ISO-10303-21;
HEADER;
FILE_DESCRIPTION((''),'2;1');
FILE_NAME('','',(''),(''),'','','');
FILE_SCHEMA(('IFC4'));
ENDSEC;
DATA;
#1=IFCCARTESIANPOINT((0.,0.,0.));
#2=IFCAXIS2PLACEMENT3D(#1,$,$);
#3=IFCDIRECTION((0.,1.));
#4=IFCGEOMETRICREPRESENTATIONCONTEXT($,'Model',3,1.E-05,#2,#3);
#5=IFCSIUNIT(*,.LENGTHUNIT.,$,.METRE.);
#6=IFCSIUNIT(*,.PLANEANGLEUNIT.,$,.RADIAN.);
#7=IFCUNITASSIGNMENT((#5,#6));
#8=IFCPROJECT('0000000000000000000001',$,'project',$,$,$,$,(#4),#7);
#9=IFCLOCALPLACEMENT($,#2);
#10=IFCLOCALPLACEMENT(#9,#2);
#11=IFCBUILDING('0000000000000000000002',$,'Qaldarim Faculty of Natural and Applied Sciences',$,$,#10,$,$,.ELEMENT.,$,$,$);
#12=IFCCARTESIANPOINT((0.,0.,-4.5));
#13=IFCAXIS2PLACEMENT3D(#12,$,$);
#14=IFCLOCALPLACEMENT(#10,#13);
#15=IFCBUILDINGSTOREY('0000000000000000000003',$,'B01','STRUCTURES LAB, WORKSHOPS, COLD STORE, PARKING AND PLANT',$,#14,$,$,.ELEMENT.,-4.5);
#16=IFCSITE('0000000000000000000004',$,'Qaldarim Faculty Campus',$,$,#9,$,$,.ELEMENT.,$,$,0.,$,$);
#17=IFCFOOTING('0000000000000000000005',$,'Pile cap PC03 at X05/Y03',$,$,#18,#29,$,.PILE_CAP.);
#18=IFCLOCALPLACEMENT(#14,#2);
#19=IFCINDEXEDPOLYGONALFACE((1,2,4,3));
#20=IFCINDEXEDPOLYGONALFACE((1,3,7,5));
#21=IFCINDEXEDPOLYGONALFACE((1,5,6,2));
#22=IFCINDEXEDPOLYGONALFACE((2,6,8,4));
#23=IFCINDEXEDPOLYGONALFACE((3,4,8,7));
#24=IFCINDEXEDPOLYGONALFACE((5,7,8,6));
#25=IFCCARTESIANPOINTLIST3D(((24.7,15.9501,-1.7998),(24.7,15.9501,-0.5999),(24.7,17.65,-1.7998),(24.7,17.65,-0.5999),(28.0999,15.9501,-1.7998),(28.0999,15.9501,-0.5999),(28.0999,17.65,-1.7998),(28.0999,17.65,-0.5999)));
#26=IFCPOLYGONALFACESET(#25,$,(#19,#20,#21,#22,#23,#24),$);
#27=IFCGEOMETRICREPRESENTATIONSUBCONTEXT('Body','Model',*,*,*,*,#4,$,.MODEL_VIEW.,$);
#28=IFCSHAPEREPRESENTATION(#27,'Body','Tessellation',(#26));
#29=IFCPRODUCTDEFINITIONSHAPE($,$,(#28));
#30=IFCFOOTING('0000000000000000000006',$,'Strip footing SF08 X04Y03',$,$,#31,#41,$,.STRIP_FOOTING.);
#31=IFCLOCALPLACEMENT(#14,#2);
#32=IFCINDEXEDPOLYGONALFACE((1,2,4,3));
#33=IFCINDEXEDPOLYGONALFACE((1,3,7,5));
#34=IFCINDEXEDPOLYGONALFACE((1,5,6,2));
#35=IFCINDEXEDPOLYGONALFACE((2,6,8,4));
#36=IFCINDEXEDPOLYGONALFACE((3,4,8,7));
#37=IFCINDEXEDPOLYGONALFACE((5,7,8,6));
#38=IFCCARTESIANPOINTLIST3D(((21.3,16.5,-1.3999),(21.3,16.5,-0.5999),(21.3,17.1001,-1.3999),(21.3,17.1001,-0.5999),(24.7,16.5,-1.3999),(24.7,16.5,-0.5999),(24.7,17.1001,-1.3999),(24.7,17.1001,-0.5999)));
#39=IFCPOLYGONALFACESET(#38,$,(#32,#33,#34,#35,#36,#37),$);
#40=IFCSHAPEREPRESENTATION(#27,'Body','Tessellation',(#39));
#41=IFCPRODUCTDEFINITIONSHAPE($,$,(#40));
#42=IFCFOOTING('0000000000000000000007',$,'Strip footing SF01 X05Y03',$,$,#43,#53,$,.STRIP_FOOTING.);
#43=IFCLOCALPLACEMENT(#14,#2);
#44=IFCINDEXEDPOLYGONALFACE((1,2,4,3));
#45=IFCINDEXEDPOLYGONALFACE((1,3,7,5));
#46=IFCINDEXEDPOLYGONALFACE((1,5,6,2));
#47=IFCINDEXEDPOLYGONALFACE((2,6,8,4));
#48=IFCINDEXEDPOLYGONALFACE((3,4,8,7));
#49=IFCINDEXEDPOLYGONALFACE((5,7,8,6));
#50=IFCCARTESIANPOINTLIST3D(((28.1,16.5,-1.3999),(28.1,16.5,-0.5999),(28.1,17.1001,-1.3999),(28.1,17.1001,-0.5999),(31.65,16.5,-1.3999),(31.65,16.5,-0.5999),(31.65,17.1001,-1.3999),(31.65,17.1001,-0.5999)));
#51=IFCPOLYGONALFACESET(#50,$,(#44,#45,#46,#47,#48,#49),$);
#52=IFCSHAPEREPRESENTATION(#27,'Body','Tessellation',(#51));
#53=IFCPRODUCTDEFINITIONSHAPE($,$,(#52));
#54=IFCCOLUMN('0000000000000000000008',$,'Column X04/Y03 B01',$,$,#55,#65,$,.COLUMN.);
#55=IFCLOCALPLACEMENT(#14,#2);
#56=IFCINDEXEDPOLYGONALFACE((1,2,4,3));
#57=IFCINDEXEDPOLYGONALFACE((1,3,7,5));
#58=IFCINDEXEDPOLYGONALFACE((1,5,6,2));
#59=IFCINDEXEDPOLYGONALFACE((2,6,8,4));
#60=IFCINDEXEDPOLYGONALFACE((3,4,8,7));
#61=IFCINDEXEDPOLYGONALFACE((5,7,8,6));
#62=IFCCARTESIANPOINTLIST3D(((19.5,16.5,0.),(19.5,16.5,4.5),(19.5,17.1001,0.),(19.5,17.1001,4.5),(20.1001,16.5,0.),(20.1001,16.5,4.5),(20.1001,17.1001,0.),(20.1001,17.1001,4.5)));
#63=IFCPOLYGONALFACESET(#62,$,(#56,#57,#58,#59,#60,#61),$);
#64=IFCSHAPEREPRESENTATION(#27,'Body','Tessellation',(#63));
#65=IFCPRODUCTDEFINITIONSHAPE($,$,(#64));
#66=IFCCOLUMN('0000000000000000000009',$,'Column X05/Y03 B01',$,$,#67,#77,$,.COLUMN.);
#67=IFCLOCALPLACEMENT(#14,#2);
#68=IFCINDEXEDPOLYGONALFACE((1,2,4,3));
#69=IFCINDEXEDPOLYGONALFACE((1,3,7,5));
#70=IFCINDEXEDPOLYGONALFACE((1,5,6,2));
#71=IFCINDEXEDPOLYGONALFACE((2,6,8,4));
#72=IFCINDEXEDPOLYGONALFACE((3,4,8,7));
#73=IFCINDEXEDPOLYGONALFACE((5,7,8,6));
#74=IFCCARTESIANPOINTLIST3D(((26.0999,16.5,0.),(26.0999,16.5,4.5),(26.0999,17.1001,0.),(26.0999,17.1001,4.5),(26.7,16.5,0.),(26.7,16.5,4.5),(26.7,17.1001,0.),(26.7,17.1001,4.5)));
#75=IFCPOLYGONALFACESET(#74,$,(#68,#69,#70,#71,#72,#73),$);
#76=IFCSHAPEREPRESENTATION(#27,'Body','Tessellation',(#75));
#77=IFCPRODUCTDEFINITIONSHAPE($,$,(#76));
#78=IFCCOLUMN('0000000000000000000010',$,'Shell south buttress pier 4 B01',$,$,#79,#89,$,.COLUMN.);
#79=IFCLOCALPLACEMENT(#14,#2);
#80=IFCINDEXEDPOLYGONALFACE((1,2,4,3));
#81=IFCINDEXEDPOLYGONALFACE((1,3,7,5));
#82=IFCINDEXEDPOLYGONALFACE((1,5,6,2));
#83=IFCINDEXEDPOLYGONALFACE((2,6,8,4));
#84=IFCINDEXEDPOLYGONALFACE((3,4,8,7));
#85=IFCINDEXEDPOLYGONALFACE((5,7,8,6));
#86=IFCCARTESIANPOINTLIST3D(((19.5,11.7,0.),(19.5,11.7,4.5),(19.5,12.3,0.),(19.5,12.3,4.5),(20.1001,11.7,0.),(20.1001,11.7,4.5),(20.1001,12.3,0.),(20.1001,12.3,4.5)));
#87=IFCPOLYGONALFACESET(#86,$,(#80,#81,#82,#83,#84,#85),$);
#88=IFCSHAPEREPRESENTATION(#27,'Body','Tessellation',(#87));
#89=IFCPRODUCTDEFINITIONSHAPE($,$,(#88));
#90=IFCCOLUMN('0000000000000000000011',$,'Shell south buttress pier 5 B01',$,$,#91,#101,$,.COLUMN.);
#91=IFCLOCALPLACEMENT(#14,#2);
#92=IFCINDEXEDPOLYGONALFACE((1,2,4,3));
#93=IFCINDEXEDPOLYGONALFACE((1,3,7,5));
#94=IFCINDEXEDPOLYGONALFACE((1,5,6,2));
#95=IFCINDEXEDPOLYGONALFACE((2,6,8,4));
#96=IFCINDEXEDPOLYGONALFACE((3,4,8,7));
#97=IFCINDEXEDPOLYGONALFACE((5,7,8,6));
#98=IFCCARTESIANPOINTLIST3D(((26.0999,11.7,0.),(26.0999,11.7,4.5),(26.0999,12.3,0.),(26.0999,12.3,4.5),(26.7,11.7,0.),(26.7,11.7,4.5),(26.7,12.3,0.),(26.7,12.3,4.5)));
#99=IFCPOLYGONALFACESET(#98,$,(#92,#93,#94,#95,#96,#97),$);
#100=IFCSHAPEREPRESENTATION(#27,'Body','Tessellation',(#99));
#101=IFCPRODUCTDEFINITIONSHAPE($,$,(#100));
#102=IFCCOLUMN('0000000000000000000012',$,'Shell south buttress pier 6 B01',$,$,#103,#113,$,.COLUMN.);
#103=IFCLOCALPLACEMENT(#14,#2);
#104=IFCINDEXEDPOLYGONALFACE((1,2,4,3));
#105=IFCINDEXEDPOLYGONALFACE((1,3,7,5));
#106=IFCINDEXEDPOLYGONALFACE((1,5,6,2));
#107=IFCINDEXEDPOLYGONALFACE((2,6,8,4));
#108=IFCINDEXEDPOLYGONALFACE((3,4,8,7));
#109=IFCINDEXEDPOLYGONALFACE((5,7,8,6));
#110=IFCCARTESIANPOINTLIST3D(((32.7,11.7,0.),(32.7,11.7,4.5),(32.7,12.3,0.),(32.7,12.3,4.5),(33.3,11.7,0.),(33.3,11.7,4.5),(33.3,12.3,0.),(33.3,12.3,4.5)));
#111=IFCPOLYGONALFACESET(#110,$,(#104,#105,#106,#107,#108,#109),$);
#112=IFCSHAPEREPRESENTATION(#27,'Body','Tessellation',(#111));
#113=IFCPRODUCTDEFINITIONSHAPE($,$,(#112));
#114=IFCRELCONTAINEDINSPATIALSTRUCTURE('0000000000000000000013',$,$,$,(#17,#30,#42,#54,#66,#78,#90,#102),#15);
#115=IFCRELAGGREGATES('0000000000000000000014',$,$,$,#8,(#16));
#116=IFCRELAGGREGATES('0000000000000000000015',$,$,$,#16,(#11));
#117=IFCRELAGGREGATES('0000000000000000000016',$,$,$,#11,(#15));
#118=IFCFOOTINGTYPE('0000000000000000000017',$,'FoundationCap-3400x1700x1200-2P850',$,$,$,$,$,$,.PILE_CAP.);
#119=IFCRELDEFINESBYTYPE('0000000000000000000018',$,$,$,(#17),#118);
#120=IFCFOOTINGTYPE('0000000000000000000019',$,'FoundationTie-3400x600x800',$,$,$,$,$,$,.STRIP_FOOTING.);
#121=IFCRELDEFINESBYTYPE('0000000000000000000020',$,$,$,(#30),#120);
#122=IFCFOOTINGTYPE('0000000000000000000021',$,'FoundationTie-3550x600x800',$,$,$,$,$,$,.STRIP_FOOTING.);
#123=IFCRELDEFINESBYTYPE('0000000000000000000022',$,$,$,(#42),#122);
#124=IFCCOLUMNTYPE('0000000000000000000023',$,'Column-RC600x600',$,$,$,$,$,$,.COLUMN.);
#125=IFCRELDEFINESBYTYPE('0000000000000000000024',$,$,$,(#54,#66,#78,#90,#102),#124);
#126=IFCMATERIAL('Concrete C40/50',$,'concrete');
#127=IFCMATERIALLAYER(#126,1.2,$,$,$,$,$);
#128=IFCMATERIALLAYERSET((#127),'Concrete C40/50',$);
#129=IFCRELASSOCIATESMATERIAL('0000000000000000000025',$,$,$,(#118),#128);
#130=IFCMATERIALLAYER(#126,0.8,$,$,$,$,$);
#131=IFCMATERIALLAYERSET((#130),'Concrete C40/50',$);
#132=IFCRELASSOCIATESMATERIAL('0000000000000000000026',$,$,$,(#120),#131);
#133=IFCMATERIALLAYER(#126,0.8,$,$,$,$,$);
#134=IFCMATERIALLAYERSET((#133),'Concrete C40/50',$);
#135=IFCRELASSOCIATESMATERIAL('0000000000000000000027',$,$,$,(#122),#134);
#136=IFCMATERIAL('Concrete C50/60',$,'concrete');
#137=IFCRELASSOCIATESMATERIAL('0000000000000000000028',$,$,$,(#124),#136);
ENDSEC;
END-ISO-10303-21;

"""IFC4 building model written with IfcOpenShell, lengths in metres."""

from ifc_helpers import new_model, si_unit, direction, frame, origin, origin_2d, place, context, subcontext, project, spatial, rectangle, extrude, material, layer, layer_set, material_profile, profile_set, type_object, element, save


model = new_model("IFC4")

# Units and contexts
model_context = context("Model", 3, precision=1e-05, world=origin(), true_north=direction((0.0, 1.0)))
body_context = subcontext(model_context, "Body", "Model", "MODEL_VIEW")
ifc_project = project(units=[si_unit("LENGTHUNIT", "METRE"), si_unit("PLANEANGLEUNIT", "RADIAN")], contexts=[model_context])

# Site, building, storey
site_placement = place(None, origin())
site = spatial("IfcSite", under=ifc_project, at=site_placement, Name="Qaldarim Faculty Campus", CompositionType="ELEMENT", RefElevation=0.0)
building_placement = place(site_placement, origin())
building = spatial("IfcBuilding", under=site, at=building_placement, Name="Qaldarim Faculty of Natural and Applied Sciences", CompositionType="ELEMENT")
storey_placement = place(building_placement, frame((0.0, 0.0, -4.5)))
storey = spatial("IfcBuildingStorey", under=building, at=storey_placement, Name="B01", Description="STRUCTURES LAB, WORKSHOPS, COLD STORE, PARKING AND PLANT", CompositionType="ELEMENT", Elevation=-4.5)

# Shared definitions
ifc_material_1 = material(Name="Concrete C40/50", Category="concrete")

# Footings
ifc_layer_1 = layer(ifc_material_1, 1.2)
ifc_layer_set_1 = layer_set([ifc_layer_1], Name="Concrete C40/50")
footing_type_1 = type_object("IfcFootingType", Name="FoundationCap-3400x1700x1200-2P850", PredefinedType="PILE_CAP", material=ifc_layer_set_1)
footing_1_placement = place(storey_placement, frame((26.3999, 16.8, -1.7998), z_axis=(0.0, 0.0, 1.0), x_axis=(1.0, 0.0, 0.0)))
element("IfcFooting", 1, at=footing_1_placement, inside=storey, type_object=footing_type_1, Name="Pile cap PC03 at X05/Y03", PredefinedType="PILE_CAP", context=body_context, shape_type="SweptSolid", body=[
    extrude(rectangle(XDim=3.3999, YDim=1.7, at=origin_2d()), origin(), (0.0, 0.0, 1.0), 1.2),
])
ifc_layer_2 = layer(ifc_material_1, 0.8)
ifc_layer_set_2 = layer_set([ifc_layer_2], Name="Concrete C40/50")
footing_type_2 = type_object("IfcFootingType", Name="FoundationTie-3400x600x800", PredefinedType="STRIP_FOOTING", material=ifc_layer_set_2)
footing_2_placement = place(storey_placement, frame((23.0, 16.8, -1.3999), z_axis=(0.0, 0.0, 1.0), x_axis=(1.0, 0.0, 0.0)))
element("IfcFooting", 2, at=footing_2_placement, inside=storey, type_object=footing_type_2, Name="Strip footing SF08 X04Y03", PredefinedType="STRIP_FOOTING", context=body_context, shape_type="SweptSolid", body=[
    extrude(rectangle(XDim=3.3999, YDim=0.6001, at=origin_2d()), origin(), (0.0, 0.0, 1.0), 0.8),
])
ifc_layer_3 = layer(ifc_material_1, 0.8)
ifc_layer_set_3 = layer_set([ifc_layer_3], Name="Concrete C40/50")
footing_type_3 = type_object("IfcFootingType", Name="FoundationTie-3550x600x800", PredefinedType="STRIP_FOOTING", material=ifc_layer_set_3)
footing_3_placement = place(storey_placement, frame((29.875, 16.8, -1.3999), z_axis=(0.0, 0.0, 1.0), x_axis=(1.0, 0.0, 0.0)))
element("IfcFooting", 3, at=footing_3_placement, inside=storey, type_object=footing_type_3, Name="Strip footing SF01 X05Y03", PredefinedType="STRIP_FOOTING", context=body_context, shape_type="SweptSolid", body=[
    extrude(rectangle(XDim=3.55, YDim=0.6001, at=origin_2d()), origin(), (0.0, 0.0, 1.0), 0.8),
])

# Columns
ifc_material_2 = material(Name="Concrete C50/60", Category="concrete")
ifc_material_profile_1 = material_profile(ifc_material_2, rectangle(XDim=0.6001, YDim=0.6001, at=origin_2d()), Name="RC-C600x600")
ifc_profile_set_1 = profile_set([ifc_material_profile_1], Name="Concrete C50/60")
column_type = type_object("IfcColumnType", Name="Column-RC600x600", PredefinedType="COLUMN", material=ifc_profile_set_1)
for number, where, z_axis, x_axis, name in (
    (4, (19.8, 16.8, 0.0), (0.0, 0.0, 1.0), (1.0, 0.0, 0.0), "Column X04/Y03 B01"),
    (5, (26.3999, 16.8, 0.0), (0.0, 0.0, 1.0), (1.0, 0.0, 0.0), "Column X05/Y03 B01"),
    (6, (19.8, 12.0, 0.0), (0.0, 0.0, 1.0), (1.0, 0.0, 0.0), "Shell south buttress pier 4 B01"),
    (7, (26.3999, 12.0, 0.0), (0.0, 0.0, 1.0), (1.0, 0.0, 0.0), "Shell south buttress pier 5 B01"),
    (8, (33.0, 12.0, 0.0), (0.0, 0.0, 1.0), (1.0, 0.0, 0.0), "Shell south buttress pier 6 B01"),
):
    element("IfcColumn", number, at=place(storey_placement, frame(where, z_axis=z_axis, x_axis=x_axis)), inside=storey, type_object=column_type, Name=name, PredefinedType="COLUMN", context=body_context, shape_type="SweptSolid", body=[
        extrude(rectangle(XDim=0.6001, YDim=0.6001, at=origin_2d()), origin(), (0.0, 0.0, 1.0), 4.5),
    ])

save(model, "model.ifc")
